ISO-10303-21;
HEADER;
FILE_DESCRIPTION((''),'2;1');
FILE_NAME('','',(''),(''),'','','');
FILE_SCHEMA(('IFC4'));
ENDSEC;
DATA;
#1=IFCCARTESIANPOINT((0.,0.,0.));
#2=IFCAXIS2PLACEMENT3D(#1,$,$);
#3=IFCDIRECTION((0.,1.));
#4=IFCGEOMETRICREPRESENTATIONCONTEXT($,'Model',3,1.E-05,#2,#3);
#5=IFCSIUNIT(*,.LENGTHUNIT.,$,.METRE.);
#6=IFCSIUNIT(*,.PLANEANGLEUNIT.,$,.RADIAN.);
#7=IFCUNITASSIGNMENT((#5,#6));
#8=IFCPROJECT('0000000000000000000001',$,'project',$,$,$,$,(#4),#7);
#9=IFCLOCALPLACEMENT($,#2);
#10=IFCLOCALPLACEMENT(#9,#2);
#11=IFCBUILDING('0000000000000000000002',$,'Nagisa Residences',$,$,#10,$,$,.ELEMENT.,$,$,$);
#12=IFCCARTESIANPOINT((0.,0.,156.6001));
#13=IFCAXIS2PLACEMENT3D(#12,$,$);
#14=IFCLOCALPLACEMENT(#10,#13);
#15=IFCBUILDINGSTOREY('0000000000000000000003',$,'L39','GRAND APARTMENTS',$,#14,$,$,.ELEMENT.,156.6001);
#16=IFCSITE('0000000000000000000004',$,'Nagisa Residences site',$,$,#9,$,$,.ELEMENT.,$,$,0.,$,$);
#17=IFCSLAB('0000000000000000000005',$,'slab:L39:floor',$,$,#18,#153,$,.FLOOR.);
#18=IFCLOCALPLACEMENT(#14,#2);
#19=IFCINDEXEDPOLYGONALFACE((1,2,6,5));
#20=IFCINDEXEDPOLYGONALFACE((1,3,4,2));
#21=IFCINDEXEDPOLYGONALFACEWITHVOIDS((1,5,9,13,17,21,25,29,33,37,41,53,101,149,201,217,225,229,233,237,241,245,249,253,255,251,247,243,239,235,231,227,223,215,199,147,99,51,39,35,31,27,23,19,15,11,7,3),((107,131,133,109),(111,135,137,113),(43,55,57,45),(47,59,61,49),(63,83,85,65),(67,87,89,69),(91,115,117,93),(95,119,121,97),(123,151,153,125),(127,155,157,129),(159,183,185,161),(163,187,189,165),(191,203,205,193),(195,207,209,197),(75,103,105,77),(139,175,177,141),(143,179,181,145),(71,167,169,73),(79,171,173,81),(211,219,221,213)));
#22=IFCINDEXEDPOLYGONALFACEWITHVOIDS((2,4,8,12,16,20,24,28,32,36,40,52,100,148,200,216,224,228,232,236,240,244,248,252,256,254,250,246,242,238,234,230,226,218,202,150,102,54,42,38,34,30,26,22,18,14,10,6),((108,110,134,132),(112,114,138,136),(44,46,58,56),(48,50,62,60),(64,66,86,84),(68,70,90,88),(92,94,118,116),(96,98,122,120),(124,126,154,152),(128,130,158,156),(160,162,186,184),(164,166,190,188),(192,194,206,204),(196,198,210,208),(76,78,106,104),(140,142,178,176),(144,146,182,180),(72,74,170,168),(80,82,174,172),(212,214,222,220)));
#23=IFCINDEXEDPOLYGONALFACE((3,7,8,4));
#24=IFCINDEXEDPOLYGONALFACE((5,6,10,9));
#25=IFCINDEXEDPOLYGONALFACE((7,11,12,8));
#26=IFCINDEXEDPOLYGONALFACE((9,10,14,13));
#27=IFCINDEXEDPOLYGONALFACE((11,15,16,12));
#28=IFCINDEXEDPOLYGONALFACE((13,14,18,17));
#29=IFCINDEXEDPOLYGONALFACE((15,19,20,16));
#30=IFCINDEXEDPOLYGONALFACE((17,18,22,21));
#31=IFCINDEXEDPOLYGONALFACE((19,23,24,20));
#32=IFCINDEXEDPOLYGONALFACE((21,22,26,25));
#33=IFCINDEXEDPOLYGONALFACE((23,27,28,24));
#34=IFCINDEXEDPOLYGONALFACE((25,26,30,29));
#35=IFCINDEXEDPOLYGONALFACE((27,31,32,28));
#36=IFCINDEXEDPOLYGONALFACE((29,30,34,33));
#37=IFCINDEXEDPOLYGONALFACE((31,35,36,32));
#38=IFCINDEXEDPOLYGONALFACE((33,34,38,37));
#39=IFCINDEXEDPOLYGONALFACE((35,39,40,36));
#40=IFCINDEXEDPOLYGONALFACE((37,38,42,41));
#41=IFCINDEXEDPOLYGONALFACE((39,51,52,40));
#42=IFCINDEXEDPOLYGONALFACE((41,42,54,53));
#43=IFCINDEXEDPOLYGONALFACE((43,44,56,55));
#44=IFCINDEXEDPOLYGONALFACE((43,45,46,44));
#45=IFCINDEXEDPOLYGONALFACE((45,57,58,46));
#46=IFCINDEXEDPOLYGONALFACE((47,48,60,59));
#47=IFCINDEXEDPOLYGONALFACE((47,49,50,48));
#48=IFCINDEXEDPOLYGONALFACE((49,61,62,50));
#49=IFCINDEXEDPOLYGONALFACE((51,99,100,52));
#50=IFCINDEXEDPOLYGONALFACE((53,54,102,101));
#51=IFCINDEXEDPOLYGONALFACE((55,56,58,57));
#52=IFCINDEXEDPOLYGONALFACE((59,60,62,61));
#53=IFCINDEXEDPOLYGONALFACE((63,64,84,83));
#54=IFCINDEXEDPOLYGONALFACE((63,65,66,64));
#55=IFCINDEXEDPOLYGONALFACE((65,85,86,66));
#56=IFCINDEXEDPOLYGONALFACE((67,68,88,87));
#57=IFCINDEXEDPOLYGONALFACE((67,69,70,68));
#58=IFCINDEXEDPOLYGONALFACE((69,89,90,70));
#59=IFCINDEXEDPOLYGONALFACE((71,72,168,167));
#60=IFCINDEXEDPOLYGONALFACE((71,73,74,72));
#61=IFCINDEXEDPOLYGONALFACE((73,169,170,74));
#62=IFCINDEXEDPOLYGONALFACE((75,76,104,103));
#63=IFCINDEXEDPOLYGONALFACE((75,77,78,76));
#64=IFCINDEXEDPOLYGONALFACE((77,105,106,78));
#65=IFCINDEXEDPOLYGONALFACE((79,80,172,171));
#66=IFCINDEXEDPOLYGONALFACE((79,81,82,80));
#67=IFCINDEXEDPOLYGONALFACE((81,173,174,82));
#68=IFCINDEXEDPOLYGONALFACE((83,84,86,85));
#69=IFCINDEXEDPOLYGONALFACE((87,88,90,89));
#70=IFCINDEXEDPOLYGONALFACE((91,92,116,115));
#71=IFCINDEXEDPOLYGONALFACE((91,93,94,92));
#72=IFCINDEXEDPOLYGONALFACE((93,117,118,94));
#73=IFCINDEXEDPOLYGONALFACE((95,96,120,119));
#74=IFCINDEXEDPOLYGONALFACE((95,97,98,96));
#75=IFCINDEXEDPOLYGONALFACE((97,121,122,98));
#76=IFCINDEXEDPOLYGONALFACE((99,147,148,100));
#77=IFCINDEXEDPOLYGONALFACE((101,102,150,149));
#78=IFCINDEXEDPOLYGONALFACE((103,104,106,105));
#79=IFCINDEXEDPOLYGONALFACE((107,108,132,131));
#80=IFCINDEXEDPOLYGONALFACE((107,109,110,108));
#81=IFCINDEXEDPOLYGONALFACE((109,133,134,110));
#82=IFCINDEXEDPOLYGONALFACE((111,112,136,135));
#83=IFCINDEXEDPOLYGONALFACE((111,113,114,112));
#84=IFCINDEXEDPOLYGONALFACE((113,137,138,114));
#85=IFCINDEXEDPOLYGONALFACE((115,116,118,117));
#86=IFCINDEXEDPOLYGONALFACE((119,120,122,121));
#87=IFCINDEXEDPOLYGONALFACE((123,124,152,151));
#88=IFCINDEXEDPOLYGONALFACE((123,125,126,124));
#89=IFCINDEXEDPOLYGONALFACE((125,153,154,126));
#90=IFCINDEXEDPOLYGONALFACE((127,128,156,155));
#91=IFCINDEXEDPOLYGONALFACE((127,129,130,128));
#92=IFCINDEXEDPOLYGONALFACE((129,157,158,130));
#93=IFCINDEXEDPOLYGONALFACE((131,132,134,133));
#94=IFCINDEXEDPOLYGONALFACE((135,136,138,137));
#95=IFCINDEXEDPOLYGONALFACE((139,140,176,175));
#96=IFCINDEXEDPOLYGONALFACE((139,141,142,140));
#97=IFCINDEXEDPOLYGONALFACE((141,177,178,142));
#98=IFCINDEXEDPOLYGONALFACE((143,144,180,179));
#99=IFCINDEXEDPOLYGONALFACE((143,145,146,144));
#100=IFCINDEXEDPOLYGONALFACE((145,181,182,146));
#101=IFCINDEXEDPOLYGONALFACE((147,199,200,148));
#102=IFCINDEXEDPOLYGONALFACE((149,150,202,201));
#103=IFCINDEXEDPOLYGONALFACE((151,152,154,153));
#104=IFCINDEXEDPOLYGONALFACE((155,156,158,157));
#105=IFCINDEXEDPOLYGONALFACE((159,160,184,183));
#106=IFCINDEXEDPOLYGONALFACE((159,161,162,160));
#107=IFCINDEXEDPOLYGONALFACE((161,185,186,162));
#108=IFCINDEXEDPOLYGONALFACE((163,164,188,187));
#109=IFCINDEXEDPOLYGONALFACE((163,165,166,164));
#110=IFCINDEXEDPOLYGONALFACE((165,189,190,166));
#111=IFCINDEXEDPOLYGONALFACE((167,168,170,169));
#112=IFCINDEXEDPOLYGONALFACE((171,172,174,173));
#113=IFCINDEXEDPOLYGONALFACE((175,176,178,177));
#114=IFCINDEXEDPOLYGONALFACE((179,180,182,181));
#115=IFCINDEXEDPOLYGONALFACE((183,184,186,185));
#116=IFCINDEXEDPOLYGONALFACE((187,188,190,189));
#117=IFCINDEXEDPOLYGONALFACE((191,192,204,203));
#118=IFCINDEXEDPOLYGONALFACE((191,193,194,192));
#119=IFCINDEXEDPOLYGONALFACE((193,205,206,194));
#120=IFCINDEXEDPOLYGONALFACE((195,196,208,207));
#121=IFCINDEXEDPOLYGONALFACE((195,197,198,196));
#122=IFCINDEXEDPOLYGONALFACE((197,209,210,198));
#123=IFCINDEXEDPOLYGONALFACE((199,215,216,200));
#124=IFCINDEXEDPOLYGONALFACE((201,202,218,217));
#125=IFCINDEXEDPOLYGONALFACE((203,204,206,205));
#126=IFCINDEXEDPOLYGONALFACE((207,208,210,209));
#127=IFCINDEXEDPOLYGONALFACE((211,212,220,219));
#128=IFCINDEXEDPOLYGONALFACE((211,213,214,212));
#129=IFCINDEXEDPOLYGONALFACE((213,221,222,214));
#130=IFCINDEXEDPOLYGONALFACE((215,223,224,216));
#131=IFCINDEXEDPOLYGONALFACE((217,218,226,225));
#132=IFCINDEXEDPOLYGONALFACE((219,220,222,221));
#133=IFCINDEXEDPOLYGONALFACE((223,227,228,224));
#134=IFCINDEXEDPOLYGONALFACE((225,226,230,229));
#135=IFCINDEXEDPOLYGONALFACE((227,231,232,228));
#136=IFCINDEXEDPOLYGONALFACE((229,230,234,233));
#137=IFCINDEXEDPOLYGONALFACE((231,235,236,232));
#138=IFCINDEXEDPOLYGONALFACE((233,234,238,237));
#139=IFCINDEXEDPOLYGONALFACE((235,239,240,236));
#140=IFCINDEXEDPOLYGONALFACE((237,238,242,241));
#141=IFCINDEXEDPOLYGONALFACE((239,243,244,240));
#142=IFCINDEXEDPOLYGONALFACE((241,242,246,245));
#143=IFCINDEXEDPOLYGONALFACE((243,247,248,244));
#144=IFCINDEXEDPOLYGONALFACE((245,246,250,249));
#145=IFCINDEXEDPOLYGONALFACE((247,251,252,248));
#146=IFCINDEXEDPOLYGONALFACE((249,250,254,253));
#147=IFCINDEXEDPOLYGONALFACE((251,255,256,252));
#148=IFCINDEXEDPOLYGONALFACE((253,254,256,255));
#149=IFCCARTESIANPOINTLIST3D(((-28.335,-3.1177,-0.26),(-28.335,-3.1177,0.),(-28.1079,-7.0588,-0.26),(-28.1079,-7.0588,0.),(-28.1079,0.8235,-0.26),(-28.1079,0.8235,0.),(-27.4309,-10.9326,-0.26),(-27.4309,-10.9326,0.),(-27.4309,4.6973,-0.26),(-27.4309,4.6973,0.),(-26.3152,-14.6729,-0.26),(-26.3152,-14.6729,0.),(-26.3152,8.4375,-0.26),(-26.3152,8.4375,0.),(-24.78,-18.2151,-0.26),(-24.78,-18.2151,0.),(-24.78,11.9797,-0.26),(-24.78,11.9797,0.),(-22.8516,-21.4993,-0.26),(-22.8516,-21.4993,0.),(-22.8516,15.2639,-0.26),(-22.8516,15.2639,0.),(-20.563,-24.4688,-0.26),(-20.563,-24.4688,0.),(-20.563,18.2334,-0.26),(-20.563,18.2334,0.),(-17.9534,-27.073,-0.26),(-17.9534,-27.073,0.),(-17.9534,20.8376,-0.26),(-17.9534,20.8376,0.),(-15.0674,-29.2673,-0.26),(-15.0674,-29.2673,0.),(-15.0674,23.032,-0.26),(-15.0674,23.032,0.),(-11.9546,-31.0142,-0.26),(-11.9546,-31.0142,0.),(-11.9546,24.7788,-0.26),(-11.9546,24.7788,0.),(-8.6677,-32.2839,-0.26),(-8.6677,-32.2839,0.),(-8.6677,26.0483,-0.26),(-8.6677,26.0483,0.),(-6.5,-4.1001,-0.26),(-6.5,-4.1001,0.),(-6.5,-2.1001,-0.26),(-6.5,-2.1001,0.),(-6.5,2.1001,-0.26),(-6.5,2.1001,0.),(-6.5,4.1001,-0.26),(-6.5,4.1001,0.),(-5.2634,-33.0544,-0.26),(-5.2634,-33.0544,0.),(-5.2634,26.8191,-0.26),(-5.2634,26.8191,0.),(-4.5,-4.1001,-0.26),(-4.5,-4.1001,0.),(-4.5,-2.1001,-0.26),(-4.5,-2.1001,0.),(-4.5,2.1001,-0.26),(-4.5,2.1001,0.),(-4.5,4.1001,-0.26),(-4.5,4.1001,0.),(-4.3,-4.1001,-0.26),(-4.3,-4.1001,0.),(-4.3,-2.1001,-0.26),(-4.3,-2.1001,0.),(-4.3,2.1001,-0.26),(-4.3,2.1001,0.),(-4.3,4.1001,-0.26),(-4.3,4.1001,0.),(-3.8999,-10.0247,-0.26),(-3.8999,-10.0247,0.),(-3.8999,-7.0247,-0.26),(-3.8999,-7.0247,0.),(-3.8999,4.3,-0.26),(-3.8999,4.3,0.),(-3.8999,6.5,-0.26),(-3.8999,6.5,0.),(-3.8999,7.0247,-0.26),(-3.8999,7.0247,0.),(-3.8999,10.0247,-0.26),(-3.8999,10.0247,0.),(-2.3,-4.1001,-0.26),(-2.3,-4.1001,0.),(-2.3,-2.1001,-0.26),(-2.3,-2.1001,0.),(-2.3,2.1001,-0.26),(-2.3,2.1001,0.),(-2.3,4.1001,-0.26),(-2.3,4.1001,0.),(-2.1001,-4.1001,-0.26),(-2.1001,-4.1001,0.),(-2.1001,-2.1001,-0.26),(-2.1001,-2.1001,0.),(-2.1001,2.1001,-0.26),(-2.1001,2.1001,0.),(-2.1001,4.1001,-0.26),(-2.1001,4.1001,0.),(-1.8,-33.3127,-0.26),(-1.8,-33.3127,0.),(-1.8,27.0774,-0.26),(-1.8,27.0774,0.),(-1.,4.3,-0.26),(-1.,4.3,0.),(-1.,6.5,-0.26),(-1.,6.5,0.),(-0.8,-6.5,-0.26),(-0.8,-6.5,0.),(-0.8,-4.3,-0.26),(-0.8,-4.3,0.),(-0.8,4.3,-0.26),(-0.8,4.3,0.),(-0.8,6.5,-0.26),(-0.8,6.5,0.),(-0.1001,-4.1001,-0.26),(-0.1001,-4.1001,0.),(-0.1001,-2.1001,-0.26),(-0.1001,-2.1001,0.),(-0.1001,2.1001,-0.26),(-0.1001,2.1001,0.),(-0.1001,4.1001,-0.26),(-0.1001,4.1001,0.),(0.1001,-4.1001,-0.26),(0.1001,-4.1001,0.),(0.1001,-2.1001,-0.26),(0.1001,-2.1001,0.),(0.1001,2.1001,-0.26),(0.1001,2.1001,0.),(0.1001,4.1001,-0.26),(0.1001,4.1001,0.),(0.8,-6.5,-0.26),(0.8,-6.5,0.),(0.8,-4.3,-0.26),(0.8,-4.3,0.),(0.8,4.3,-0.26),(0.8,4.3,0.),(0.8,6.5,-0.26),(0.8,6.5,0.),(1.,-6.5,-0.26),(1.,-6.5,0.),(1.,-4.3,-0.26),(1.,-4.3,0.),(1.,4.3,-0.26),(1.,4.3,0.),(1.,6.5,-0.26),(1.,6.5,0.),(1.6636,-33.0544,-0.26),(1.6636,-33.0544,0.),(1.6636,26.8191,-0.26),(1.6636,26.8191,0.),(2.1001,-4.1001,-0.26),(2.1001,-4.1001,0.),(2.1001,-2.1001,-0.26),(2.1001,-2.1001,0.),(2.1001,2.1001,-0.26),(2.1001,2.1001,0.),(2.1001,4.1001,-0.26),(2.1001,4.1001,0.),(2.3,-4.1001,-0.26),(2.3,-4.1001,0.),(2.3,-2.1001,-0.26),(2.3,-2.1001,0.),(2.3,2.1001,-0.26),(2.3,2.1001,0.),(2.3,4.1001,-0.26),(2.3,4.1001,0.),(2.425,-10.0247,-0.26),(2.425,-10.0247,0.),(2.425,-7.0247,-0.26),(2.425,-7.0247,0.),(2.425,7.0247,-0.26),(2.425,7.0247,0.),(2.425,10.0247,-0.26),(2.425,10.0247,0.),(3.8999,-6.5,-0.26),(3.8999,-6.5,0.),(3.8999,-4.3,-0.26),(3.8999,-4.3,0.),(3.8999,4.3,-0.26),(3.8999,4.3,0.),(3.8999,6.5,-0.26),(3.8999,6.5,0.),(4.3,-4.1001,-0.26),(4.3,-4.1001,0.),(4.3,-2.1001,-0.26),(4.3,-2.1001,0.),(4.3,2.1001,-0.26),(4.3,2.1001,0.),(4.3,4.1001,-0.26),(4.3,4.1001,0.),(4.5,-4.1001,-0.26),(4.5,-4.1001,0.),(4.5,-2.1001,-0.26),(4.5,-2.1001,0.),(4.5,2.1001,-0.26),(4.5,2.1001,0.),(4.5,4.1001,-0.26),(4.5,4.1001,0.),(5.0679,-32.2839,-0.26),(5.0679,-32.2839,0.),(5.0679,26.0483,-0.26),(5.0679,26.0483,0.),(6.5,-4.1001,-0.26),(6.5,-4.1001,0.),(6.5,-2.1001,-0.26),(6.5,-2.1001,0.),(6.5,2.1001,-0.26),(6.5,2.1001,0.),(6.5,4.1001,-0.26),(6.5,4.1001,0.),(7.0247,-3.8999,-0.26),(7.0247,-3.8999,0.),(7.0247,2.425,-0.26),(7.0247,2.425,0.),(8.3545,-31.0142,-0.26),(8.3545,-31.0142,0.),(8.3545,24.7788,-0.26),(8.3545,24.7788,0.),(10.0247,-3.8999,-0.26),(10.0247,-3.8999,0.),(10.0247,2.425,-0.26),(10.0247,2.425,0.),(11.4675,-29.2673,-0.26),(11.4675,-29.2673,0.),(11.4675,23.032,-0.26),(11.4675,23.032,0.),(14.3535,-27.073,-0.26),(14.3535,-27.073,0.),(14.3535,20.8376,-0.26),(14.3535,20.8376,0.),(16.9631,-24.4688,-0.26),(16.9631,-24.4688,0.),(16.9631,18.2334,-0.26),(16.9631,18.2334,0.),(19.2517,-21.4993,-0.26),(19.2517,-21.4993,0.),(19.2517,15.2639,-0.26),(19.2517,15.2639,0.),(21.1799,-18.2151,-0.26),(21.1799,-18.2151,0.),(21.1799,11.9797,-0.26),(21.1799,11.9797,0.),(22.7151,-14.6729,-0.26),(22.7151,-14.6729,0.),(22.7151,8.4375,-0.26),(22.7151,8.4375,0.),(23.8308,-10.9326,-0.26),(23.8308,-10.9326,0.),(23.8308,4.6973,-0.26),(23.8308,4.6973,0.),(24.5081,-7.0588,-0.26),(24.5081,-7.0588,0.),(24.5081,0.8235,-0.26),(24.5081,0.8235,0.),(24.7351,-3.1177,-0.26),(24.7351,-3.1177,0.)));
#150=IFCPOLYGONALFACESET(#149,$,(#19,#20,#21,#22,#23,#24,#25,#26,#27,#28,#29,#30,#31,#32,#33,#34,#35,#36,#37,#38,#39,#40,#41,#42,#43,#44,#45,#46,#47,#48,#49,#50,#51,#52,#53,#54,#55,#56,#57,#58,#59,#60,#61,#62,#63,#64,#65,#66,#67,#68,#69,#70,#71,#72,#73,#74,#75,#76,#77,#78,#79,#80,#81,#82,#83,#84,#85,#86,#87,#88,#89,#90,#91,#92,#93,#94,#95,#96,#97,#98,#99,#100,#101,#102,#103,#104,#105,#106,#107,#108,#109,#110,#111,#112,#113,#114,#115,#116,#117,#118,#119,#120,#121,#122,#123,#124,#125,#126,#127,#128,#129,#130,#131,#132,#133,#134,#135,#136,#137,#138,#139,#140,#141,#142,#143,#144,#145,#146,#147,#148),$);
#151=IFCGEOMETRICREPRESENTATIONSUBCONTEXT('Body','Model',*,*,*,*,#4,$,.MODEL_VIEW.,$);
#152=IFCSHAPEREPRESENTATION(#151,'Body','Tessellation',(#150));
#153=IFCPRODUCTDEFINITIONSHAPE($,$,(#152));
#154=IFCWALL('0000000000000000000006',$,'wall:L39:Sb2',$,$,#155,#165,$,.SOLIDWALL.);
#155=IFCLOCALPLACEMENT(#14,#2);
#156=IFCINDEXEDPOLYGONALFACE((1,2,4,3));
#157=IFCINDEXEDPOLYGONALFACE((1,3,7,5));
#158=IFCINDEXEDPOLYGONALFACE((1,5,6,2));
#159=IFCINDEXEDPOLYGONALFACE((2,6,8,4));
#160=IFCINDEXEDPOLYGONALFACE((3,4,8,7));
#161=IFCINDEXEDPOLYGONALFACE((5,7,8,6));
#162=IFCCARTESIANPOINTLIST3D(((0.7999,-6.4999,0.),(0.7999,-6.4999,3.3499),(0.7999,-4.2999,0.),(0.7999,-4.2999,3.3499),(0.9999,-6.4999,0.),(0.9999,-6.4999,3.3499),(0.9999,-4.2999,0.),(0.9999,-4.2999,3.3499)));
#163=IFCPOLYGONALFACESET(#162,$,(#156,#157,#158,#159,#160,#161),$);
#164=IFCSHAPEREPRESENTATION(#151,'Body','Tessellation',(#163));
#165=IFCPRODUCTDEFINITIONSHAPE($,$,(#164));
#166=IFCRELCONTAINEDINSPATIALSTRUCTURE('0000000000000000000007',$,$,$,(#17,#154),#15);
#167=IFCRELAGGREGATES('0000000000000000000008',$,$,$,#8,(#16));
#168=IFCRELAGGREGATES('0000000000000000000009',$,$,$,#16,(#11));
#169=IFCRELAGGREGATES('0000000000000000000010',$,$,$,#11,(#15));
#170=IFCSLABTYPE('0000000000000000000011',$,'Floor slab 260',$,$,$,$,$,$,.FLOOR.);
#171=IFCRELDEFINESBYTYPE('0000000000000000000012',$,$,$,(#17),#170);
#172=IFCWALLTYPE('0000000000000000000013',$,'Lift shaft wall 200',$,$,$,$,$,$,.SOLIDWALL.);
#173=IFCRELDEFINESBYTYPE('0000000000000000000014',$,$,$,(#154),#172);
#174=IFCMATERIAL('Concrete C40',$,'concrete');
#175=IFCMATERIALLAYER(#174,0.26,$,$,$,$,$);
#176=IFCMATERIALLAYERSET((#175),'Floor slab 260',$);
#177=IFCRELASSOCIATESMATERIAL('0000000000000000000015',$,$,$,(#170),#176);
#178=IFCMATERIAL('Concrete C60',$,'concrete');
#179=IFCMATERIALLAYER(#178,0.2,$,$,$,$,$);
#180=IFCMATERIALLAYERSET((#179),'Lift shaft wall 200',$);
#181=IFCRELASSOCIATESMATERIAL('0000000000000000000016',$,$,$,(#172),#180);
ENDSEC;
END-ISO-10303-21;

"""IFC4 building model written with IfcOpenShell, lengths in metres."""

from ifc_helpers import new_model, si_unit, direction, frame, frame_2d, origin, place, context, subcontext, project, spatial, polyline, rectangle, outline, extrude, material, layer, layer_set, type_object, element, save


model = new_model("IFC4")

# Units and contexts
model_context = context("Model", 3, precision=1e-05, world=origin(), true_north=direction((0.0, 1.0)))
body_context = subcontext(model_context, "Body", "Model", "MODEL_VIEW")
ifc_project = project(units=[si_unit("LENGTHUNIT", "METRE"), si_unit("PLANEANGLEUNIT", "RADIAN")], contexts=[model_context])

# Site, building, storey
site_placement = place(None, origin())
site = spatial("IfcSite", under=ifc_project, at=site_placement, Name="Nagisa Residences site", CompositionType="ELEMENT", RefElevation=0.0)
building_placement = place(site_placement, origin())
building = spatial("IfcBuilding", under=site, at=building_placement, Name="Nagisa Residences", CompositionType="ELEMENT")
storey_placement = place(building_placement, frame((0.0, 0.0, 156.6001)))
storey = spatial("IfcBuildingStorey", under=building, at=storey_placement, Name="L39", Description="GRAND APARTMENTS", CompositionType="ELEMENT", Elevation=156.6001)

# Slab
ifc_material_1 = material(Name="Concrete C40", Category="concrete")
ifc_layer_1 = layer(ifc_material_1, 0.26)
ifc_layer_set_1 = layer_set([ifc_layer_1], Name="Floor slab 260")
slab_type_1 = type_object("IfcSlabType", Name="Floor slab 260", PredefinedType="FLOOR", material=ifc_layer_set_1)
slab_1_placement = place(storey_placement, frame((0.0, 0.0, -0.26)))
element("IfcSlab", 1, at=slab_1_placement, inside=storey, type_object=slab_type_1, Name="slab:L39:floor", PredefinedType="FLOOR", context=body_context, shape_type="SweptSolid", body=[
    extrude(outline(polyline([(24.7351, -3.1177), (24.5081, 0.8235), (23.8308, 4.6973), (22.7151, 8.4375), (21.1799, 11.9797), (19.2517, 15.2639), (16.9631, 18.2334), (14.3535, 20.8376), (11.4675, 23.032), (8.3545, 24.7788), (5.0679, 26.0483), (1.6636, 26.8191), (-1.8, 27.0774), (-5.2634, 26.8191), (-8.6677, 26.0483), (-11.9546, 24.7788), (-15.0674, 23.032), (-17.9534, 20.8376), (-20.563, 18.2334), (-22.8516, 15.2639), (-24.78, 11.9797), (-26.3152, 8.4375), (-27.4309, 4.6973), (-28.1079, 0.8235), (-28.335, -3.1177), (-28.1079, -7.0588), (-27.4309, -10.9326), (-26.3152, -14.6729), (-24.78, -18.2151), (-22.8516, -21.4993), (-20.563, -24.4688), (-17.9534, -27.073), (-15.0674, -29.2673), (-11.9546, -31.0142), (-8.6677, -32.2839), (-5.2634, -33.0544), (-1.8, -33.3127), (1.6636, -33.0544), (5.0679, -32.2839), (8.3545, -31.0142), (11.4675, -29.2673), (14.3535, -27.073), (16.9631, -24.4688), (19.2517, -21.4993), (21.1799, -18.2151), (22.7151, -14.6729), (23.8308, -10.9326), (24.5081, -7.0588), (24.7351, -3.1177)]), holes=[polyline([(-4.5, 2.1001), (-4.5, 4.1001), (-6.5, 4.1001), (-6.5, 2.1001), (-4.5, 2.1001)]), polyline([(-2.3, 2.1001), (-2.3, 4.1001), (-4.3, 4.1001), (-4.3, 2.1001), (-2.3, 2.1001)]), polyline([(-0.1001, 2.1001), (-0.1001, 4.1001), (-2.1001, 4.1001), (-2.1001, 2.1001), (-0.1001, 2.1001)]), polyline([(2.1001, 2.1001), (2.1001, 4.1001), (0.1001, 4.1001), (0.1001, 2.1001), (2.1001, 2.1001)]), polyline([(4.3, 2.1001), (4.3, 4.1001), (2.3, 4.1001), (2.3, 2.1001), (4.3, 2.1001)]), polyline([(6.5, 2.1001), (6.5, 4.1001), (4.5, 4.1001), (4.5, 2.1001), (6.5, 2.1001)]), polyline([(-4.5, -4.1001), (-4.5, -2.1001), (-6.5, -2.1001), (-6.5, -4.1001), (-4.5, -4.1001)]), polyline([(-2.3, -4.1001), (-2.3, -2.1001), (-4.3, -2.1001), (-4.3, -4.1001), (-2.3, -4.1001)]), polyline([(-0.1001, -4.1001), (-0.1001, -2.1001), (-2.1001, -2.1001), (-2.1001, -4.1001), (-0.1001, -4.1001)]), polyline([(2.1001, -4.1001), (2.1001, -2.1001), (0.1001, -2.1001), (0.1001, -4.1001), (2.1001, -4.1001)]), polyline([(4.3, -4.1001), (4.3, -2.1001), (2.3, -2.1001), (2.3, -4.1001), (4.3, -4.1001)]), polyline([(6.5, -4.1001), (6.5, -2.1001), (4.5, -2.1001), (4.5, -4.1001), (6.5, -4.1001)]), polyline([(3.8999, 4.3), (3.8999, 6.5), (1.0, 6.5), (1.0, 4.3), (3.8999, 4.3)]), polyline([(3.8999, -6.5), (3.8999, -4.3), (1.0, -4.3), (1.0, -6.5), (3.8999, -6.5)]), polyline([(-1.0, 4.3), (-1.0, 6.5), (-3.8999, 6.5), (-3.8999, 4.3), (-1.0, 4.3)]), polyline([(0.8, 4.3), (0.8, 6.5), (-0.8, 6.5), (-0.8, 4.3), (0.8, 4.3)]), polyline([(0.8, -6.5), (0.8, -4.3), (-0.8, -4.3), (-0.8, -6.5), (0.8, -6.5)]), polyline([(10.0247, -3.8999), (7.0247, -3.8999), (7.0247, 2.425), (10.0247, 2.425), (10.0247, -3.8999)]), polyline([(-3.8999, 7.0247), (-3.8999, 10.0247), (2.425, 10.0247), (2.425, 7.0247), (-3.8999, 7.0247)]), polyline([(-3.8999, -10.0247), (-3.8999, -7.0247), (2.425, -7.0247), (2.425, -10.0247), (-3.8999, -10.0247)])]), origin(), (0.0, 0.0, 1.0), 0.26),
])

# Wall
ifc_material_2 = material(Name="Concrete C60", Category="concrete")
ifc_layer_2 = layer(ifc_material_2, 0.2)
ifc_layer_set_2 = layer_set([ifc_layer_2], Name="Lift shaft wall 200")
wall_type = type_object("IfcWallType", Name="Lift shaft wall 200", PredefinedType="SOLIDWALL", material=ifc_layer_set_2)
wall_placement = place(storey_placement, frame((0.8999, -6.5, 0.0), z_axis=(0.0, 0.0, 1.0), x_axis=(0.0, 1.0, 0.0)))
element("IfcWall", 2, at=wall_placement, inside=storey, type_object=wall_type, Name="wall:L39:Sb2", PredefinedType="SOLIDWALL", context=body_context, shape_type="SweptSolid", body=[
    extrude(rectangle(XDim=2.2, YDim=0.2, at=frame_2d((1.1001, 0.0))), origin(), (0.0, 0.0, 1.0), 3.3499),
])

save(model, "model.ifc")
